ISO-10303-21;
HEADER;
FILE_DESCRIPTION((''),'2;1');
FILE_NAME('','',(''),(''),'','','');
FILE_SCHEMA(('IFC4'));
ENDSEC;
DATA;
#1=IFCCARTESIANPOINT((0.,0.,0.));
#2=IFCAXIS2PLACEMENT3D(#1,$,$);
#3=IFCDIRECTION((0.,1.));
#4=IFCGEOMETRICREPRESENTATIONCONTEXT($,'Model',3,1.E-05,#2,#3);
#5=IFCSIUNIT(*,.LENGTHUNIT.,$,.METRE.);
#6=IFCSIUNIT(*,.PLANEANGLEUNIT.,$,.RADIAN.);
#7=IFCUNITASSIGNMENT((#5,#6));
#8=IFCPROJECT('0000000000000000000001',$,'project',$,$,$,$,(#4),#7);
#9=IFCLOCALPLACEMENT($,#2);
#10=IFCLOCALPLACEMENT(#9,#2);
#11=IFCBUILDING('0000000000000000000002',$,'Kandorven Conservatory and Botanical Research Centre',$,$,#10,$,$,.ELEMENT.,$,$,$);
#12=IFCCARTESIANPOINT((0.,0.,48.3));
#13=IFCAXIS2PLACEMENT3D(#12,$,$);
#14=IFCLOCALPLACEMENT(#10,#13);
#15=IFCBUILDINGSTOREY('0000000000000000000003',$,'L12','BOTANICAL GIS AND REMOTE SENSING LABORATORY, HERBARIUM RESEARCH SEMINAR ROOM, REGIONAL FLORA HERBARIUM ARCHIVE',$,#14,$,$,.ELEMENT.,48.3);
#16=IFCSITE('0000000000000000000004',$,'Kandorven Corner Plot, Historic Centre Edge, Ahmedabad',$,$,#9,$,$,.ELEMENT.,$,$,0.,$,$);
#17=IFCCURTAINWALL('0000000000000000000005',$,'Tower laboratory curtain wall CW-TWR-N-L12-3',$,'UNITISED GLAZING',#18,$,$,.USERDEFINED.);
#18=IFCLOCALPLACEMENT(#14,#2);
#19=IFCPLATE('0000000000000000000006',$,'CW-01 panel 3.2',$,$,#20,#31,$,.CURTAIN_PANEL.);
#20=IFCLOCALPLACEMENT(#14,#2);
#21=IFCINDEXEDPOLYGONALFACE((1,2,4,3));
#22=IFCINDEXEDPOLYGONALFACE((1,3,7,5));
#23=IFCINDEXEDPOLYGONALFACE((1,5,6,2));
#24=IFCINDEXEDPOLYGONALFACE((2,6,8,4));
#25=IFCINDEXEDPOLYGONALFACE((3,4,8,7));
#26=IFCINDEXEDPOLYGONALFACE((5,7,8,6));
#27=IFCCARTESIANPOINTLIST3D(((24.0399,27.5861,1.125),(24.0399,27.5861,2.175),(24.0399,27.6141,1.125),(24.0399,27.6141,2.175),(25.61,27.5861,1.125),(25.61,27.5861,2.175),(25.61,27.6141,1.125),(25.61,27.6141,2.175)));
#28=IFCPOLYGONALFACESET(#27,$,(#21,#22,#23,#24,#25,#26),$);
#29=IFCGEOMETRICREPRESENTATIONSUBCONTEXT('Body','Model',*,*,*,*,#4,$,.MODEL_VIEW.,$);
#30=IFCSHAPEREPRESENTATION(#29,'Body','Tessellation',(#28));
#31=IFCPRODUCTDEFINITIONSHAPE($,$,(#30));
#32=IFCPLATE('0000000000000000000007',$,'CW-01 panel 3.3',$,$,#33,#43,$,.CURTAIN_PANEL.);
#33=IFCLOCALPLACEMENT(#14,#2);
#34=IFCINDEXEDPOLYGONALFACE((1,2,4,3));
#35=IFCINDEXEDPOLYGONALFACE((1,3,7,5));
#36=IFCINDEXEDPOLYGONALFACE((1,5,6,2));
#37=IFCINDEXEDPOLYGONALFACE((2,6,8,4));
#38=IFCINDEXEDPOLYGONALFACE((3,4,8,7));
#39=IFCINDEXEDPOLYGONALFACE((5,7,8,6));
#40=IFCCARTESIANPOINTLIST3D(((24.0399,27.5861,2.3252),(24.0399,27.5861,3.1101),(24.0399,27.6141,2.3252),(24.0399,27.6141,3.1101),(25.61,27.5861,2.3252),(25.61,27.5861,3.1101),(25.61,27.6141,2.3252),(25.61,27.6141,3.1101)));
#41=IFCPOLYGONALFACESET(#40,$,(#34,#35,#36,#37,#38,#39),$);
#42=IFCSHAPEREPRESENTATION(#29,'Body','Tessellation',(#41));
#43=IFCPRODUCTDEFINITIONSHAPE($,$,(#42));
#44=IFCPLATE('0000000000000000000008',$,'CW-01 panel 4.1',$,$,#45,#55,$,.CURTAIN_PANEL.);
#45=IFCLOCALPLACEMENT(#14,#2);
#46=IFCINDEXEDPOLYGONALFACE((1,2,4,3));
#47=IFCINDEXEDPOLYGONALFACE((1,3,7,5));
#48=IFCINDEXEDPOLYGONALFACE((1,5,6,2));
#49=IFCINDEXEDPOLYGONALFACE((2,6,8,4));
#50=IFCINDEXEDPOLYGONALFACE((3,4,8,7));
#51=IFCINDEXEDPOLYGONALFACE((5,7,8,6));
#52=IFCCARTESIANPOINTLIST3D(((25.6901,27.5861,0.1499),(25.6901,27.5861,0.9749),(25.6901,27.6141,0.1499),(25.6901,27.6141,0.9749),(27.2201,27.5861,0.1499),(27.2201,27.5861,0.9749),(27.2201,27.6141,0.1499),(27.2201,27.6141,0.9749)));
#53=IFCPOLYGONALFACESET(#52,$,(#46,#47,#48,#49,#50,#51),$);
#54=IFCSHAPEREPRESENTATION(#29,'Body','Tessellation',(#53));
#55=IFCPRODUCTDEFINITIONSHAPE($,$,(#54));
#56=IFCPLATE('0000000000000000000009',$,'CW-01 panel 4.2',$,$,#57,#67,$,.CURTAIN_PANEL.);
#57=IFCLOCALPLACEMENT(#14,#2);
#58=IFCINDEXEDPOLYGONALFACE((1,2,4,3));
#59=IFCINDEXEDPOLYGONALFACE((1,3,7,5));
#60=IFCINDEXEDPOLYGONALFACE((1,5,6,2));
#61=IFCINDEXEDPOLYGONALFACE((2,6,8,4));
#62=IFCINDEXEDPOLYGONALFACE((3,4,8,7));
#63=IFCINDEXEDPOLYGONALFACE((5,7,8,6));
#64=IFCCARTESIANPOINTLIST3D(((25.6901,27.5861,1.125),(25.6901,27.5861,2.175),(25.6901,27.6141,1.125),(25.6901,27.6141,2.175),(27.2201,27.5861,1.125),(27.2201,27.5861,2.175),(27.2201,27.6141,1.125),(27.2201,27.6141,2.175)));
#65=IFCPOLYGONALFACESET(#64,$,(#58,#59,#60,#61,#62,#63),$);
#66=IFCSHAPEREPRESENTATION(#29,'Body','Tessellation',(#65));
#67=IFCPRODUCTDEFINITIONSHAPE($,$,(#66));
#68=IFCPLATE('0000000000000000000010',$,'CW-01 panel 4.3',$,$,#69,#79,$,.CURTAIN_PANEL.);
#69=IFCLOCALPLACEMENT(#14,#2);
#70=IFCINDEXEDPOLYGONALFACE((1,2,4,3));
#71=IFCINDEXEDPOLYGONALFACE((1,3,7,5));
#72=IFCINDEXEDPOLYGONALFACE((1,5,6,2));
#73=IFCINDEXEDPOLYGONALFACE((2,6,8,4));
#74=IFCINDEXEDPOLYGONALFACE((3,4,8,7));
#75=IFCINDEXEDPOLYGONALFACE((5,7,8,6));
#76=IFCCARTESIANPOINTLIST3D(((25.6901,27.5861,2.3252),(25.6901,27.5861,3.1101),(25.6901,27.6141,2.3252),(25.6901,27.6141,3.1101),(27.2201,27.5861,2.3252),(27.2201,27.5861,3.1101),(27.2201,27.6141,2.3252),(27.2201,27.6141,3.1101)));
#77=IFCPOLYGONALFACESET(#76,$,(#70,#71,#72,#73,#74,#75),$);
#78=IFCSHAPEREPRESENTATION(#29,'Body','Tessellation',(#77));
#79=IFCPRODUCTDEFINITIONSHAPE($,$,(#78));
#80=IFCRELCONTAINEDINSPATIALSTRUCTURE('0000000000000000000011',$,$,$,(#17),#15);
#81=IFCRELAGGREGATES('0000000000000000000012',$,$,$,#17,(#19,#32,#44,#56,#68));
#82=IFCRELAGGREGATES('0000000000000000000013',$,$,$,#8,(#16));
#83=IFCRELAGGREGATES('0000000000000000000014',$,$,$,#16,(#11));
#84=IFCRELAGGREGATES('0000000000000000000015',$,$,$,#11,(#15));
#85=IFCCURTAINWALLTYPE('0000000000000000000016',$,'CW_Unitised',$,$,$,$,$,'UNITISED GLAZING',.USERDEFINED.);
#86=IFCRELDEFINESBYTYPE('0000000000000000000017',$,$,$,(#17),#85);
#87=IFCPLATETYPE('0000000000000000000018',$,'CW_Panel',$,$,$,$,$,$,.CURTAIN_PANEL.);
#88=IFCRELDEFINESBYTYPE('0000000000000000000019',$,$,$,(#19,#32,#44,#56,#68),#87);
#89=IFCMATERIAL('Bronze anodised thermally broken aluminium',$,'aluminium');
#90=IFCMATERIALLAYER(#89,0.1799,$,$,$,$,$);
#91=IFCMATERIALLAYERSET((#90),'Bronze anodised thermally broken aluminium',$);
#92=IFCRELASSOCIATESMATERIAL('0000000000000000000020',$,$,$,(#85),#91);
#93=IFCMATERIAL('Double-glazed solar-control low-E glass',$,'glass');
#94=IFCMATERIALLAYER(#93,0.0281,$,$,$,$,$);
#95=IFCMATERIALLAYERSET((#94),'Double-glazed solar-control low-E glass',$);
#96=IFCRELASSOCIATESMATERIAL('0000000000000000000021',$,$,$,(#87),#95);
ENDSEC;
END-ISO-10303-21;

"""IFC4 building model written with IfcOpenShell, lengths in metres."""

from ifc_helpers import new_model, si_unit, direction, frame, origin, origin_2d, place, context, subcontext, project, spatial, rectangle, extrude, material, layer, layer_set, type_object, element, aggregate, save


model = new_model("IFC4")

# Units and contexts
model_context = context("Model", 3, precision=1e-05, world=origin(), true_north=direction((0.0, 1.0)))
body_context = subcontext(model_context, "Body", "Model", "MODEL_VIEW")
ifc_project = project(units=[si_unit("LENGTHUNIT", "METRE"), si_unit("PLANEANGLEUNIT", "RADIAN")], contexts=[model_context])

# Site, building, storey
site_placement = place(None, origin())
site = spatial("IfcSite", under=ifc_project, at=site_placement, Name="Kandorven Corner Plot, Historic Centre Edge, Ahmedabad", CompositionType="ELEMENT", RefElevation=0.0)
building_placement = place(site_placement, origin())
building = spatial("IfcBuilding", under=site, at=building_placement, Name="Kandorven Conservatory and Botanical Research Centre", CompositionType="ELEMENT")
storey_placement = place(building_placement, frame((0.0, 0.0, 48.3)))
storey = spatial("IfcBuildingStorey", under=building, at=storey_placement, Name="L12", Description="BOTANICAL GIS AND REMOTE SENSING LABORATORY, HERBARIUM RESEARCH SEMINAR ROOM, REGIONAL FLORA HERBARIUM ARCHIVE", CompositionType="ELEMENT", Elevation=48.3)

# Curtain wall, plates
ifc_material_1 = material(Name="Bronze anodised thermally broken aluminium", Category="aluminium")
ifc_layer_1 = layer(ifc_material_1, 0.1799)
ifc_layer_set_1 = layer_set([ifc_layer_1], Name="Bronze anodised thermally broken aluminium")
curtain_wall_type = type_object("IfcCurtainWallType", Name="CW_Unitised", ElementType="UNITISED GLAZING", PredefinedType="USERDEFINED", material=ifc_layer_set_1)
curtain_wall_placement = place(storey_placement, origin())
curtain_wall = element("IfcCurtainWall", 1, at=curtain_wall_placement, inside=storey, type_object=curtain_wall_type, Name="Tower laboratory curtain wall CW-TWR-N-L12-3", ObjectType="UNITISED GLAZING", PredefinedType="USERDEFINED")
ifc_material_2 = material(Name="Double-glazed solar-control low-E glass", Category="glass")
ifc_layer_2 = layer(ifc_material_2, 0.0281)
ifc_layer_set_2 = layer_set([ifc_layer_2], Name="Double-glazed solar-control low-E glass")
plate_type = type_object("IfcPlateType", Name="CW_Panel", PredefinedType="CURTAIN_PANEL", material=ifc_layer_set_2)
plate_1_placement = place(storey_placement, frame((24.825, 27.6001, 1.125), z_axis=(0.0, 0.0, 1.0), x_axis=(1.0, 0.0, 0.0)))
plate_1 = element("IfcPlate", 2, at=plate_1_placement, type_object=plate_type, Name="CW-01 panel 3.2", PredefinedType="CURTAIN_PANEL", context=body_context, shape_type="SweptSolid", body=[
    extrude(rectangle(XDim=1.5701, YDim=0.0281, at=origin_2d()), origin(), (0.0, 0.0, 1.0), 1.05),
])
plate_2_placement = place(storey_placement, frame((24.825, 27.6001, 2.3252), z_axis=(0.0, 0.0, 1.0), x_axis=(1.0, 0.0, 0.0)))
plate_2 = element("IfcPlate", 3, at=plate_2_placement, type_object=plate_type, Name="CW-01 panel 3.3", PredefinedType="CURTAIN_PANEL", context=body_context, shape_type="SweptSolid", body=[
    extrude(rectangle(XDim=1.5701, YDim=0.0281, at=origin_2d()), origin(), (0.0, 0.0, 1.0), 0.7849),
])
plate_3_placement = place(storey_placement, frame((26.4551, 27.6001, 0.1499), z_axis=(0.0, 0.0, 1.0), x_axis=(1.0, 0.0, 0.0)))
plate_3 = element("IfcPlate", 4, at=plate_3_placement, type_object=plate_type, Name="CW-01 panel 4.1", PredefinedType="CURTAIN_PANEL", context=body_context, shape_type="SweptSolid", body=[
    extrude(rectangle(XDim=1.53, YDim=0.0281, at=origin_2d()), origin(), (0.0, 0.0, 1.0), 0.825),
])
plate_4_placement = place(storey_placement, frame((26.4551, 27.6001, 1.125), z_axis=(0.0, 0.0, 1.0), x_axis=(1.0, 0.0, 0.0)))
plate_4 = element("IfcPlate", 5, at=plate_4_placement, type_object=plate_type, Name="CW-01 panel 4.2", PredefinedType="CURTAIN_PANEL", context=body_context, shape_type="SweptSolid", body=[
    extrude(rectangle(XDim=1.53, YDim=0.0281, at=origin_2d()), origin(), (0.0, 0.0, 1.0), 1.05),
])
plate_5_placement = place(storey_placement, frame((26.4551, 27.6001, 2.3252), z_axis=(0.0, 0.0, 1.0), x_axis=(1.0, 0.0, 0.0)))
plate_5 = element("IfcPlate", 6, at=plate_5_placement, type_object=plate_type, Name="CW-01 panel 4.3", PredefinedType="CURTAIN_PANEL", context=body_context, shape_type="SweptSolid", body=[
    extrude(rectangle(XDim=1.53, YDim=0.0281, at=origin_2d()), origin(), (0.0, 0.0, 1.0), 0.7849),
])
aggregate(curtain_wall, [plate_1, plate_2, plate_3, plate_4, plate_5])

save(model, "model.ifc")
